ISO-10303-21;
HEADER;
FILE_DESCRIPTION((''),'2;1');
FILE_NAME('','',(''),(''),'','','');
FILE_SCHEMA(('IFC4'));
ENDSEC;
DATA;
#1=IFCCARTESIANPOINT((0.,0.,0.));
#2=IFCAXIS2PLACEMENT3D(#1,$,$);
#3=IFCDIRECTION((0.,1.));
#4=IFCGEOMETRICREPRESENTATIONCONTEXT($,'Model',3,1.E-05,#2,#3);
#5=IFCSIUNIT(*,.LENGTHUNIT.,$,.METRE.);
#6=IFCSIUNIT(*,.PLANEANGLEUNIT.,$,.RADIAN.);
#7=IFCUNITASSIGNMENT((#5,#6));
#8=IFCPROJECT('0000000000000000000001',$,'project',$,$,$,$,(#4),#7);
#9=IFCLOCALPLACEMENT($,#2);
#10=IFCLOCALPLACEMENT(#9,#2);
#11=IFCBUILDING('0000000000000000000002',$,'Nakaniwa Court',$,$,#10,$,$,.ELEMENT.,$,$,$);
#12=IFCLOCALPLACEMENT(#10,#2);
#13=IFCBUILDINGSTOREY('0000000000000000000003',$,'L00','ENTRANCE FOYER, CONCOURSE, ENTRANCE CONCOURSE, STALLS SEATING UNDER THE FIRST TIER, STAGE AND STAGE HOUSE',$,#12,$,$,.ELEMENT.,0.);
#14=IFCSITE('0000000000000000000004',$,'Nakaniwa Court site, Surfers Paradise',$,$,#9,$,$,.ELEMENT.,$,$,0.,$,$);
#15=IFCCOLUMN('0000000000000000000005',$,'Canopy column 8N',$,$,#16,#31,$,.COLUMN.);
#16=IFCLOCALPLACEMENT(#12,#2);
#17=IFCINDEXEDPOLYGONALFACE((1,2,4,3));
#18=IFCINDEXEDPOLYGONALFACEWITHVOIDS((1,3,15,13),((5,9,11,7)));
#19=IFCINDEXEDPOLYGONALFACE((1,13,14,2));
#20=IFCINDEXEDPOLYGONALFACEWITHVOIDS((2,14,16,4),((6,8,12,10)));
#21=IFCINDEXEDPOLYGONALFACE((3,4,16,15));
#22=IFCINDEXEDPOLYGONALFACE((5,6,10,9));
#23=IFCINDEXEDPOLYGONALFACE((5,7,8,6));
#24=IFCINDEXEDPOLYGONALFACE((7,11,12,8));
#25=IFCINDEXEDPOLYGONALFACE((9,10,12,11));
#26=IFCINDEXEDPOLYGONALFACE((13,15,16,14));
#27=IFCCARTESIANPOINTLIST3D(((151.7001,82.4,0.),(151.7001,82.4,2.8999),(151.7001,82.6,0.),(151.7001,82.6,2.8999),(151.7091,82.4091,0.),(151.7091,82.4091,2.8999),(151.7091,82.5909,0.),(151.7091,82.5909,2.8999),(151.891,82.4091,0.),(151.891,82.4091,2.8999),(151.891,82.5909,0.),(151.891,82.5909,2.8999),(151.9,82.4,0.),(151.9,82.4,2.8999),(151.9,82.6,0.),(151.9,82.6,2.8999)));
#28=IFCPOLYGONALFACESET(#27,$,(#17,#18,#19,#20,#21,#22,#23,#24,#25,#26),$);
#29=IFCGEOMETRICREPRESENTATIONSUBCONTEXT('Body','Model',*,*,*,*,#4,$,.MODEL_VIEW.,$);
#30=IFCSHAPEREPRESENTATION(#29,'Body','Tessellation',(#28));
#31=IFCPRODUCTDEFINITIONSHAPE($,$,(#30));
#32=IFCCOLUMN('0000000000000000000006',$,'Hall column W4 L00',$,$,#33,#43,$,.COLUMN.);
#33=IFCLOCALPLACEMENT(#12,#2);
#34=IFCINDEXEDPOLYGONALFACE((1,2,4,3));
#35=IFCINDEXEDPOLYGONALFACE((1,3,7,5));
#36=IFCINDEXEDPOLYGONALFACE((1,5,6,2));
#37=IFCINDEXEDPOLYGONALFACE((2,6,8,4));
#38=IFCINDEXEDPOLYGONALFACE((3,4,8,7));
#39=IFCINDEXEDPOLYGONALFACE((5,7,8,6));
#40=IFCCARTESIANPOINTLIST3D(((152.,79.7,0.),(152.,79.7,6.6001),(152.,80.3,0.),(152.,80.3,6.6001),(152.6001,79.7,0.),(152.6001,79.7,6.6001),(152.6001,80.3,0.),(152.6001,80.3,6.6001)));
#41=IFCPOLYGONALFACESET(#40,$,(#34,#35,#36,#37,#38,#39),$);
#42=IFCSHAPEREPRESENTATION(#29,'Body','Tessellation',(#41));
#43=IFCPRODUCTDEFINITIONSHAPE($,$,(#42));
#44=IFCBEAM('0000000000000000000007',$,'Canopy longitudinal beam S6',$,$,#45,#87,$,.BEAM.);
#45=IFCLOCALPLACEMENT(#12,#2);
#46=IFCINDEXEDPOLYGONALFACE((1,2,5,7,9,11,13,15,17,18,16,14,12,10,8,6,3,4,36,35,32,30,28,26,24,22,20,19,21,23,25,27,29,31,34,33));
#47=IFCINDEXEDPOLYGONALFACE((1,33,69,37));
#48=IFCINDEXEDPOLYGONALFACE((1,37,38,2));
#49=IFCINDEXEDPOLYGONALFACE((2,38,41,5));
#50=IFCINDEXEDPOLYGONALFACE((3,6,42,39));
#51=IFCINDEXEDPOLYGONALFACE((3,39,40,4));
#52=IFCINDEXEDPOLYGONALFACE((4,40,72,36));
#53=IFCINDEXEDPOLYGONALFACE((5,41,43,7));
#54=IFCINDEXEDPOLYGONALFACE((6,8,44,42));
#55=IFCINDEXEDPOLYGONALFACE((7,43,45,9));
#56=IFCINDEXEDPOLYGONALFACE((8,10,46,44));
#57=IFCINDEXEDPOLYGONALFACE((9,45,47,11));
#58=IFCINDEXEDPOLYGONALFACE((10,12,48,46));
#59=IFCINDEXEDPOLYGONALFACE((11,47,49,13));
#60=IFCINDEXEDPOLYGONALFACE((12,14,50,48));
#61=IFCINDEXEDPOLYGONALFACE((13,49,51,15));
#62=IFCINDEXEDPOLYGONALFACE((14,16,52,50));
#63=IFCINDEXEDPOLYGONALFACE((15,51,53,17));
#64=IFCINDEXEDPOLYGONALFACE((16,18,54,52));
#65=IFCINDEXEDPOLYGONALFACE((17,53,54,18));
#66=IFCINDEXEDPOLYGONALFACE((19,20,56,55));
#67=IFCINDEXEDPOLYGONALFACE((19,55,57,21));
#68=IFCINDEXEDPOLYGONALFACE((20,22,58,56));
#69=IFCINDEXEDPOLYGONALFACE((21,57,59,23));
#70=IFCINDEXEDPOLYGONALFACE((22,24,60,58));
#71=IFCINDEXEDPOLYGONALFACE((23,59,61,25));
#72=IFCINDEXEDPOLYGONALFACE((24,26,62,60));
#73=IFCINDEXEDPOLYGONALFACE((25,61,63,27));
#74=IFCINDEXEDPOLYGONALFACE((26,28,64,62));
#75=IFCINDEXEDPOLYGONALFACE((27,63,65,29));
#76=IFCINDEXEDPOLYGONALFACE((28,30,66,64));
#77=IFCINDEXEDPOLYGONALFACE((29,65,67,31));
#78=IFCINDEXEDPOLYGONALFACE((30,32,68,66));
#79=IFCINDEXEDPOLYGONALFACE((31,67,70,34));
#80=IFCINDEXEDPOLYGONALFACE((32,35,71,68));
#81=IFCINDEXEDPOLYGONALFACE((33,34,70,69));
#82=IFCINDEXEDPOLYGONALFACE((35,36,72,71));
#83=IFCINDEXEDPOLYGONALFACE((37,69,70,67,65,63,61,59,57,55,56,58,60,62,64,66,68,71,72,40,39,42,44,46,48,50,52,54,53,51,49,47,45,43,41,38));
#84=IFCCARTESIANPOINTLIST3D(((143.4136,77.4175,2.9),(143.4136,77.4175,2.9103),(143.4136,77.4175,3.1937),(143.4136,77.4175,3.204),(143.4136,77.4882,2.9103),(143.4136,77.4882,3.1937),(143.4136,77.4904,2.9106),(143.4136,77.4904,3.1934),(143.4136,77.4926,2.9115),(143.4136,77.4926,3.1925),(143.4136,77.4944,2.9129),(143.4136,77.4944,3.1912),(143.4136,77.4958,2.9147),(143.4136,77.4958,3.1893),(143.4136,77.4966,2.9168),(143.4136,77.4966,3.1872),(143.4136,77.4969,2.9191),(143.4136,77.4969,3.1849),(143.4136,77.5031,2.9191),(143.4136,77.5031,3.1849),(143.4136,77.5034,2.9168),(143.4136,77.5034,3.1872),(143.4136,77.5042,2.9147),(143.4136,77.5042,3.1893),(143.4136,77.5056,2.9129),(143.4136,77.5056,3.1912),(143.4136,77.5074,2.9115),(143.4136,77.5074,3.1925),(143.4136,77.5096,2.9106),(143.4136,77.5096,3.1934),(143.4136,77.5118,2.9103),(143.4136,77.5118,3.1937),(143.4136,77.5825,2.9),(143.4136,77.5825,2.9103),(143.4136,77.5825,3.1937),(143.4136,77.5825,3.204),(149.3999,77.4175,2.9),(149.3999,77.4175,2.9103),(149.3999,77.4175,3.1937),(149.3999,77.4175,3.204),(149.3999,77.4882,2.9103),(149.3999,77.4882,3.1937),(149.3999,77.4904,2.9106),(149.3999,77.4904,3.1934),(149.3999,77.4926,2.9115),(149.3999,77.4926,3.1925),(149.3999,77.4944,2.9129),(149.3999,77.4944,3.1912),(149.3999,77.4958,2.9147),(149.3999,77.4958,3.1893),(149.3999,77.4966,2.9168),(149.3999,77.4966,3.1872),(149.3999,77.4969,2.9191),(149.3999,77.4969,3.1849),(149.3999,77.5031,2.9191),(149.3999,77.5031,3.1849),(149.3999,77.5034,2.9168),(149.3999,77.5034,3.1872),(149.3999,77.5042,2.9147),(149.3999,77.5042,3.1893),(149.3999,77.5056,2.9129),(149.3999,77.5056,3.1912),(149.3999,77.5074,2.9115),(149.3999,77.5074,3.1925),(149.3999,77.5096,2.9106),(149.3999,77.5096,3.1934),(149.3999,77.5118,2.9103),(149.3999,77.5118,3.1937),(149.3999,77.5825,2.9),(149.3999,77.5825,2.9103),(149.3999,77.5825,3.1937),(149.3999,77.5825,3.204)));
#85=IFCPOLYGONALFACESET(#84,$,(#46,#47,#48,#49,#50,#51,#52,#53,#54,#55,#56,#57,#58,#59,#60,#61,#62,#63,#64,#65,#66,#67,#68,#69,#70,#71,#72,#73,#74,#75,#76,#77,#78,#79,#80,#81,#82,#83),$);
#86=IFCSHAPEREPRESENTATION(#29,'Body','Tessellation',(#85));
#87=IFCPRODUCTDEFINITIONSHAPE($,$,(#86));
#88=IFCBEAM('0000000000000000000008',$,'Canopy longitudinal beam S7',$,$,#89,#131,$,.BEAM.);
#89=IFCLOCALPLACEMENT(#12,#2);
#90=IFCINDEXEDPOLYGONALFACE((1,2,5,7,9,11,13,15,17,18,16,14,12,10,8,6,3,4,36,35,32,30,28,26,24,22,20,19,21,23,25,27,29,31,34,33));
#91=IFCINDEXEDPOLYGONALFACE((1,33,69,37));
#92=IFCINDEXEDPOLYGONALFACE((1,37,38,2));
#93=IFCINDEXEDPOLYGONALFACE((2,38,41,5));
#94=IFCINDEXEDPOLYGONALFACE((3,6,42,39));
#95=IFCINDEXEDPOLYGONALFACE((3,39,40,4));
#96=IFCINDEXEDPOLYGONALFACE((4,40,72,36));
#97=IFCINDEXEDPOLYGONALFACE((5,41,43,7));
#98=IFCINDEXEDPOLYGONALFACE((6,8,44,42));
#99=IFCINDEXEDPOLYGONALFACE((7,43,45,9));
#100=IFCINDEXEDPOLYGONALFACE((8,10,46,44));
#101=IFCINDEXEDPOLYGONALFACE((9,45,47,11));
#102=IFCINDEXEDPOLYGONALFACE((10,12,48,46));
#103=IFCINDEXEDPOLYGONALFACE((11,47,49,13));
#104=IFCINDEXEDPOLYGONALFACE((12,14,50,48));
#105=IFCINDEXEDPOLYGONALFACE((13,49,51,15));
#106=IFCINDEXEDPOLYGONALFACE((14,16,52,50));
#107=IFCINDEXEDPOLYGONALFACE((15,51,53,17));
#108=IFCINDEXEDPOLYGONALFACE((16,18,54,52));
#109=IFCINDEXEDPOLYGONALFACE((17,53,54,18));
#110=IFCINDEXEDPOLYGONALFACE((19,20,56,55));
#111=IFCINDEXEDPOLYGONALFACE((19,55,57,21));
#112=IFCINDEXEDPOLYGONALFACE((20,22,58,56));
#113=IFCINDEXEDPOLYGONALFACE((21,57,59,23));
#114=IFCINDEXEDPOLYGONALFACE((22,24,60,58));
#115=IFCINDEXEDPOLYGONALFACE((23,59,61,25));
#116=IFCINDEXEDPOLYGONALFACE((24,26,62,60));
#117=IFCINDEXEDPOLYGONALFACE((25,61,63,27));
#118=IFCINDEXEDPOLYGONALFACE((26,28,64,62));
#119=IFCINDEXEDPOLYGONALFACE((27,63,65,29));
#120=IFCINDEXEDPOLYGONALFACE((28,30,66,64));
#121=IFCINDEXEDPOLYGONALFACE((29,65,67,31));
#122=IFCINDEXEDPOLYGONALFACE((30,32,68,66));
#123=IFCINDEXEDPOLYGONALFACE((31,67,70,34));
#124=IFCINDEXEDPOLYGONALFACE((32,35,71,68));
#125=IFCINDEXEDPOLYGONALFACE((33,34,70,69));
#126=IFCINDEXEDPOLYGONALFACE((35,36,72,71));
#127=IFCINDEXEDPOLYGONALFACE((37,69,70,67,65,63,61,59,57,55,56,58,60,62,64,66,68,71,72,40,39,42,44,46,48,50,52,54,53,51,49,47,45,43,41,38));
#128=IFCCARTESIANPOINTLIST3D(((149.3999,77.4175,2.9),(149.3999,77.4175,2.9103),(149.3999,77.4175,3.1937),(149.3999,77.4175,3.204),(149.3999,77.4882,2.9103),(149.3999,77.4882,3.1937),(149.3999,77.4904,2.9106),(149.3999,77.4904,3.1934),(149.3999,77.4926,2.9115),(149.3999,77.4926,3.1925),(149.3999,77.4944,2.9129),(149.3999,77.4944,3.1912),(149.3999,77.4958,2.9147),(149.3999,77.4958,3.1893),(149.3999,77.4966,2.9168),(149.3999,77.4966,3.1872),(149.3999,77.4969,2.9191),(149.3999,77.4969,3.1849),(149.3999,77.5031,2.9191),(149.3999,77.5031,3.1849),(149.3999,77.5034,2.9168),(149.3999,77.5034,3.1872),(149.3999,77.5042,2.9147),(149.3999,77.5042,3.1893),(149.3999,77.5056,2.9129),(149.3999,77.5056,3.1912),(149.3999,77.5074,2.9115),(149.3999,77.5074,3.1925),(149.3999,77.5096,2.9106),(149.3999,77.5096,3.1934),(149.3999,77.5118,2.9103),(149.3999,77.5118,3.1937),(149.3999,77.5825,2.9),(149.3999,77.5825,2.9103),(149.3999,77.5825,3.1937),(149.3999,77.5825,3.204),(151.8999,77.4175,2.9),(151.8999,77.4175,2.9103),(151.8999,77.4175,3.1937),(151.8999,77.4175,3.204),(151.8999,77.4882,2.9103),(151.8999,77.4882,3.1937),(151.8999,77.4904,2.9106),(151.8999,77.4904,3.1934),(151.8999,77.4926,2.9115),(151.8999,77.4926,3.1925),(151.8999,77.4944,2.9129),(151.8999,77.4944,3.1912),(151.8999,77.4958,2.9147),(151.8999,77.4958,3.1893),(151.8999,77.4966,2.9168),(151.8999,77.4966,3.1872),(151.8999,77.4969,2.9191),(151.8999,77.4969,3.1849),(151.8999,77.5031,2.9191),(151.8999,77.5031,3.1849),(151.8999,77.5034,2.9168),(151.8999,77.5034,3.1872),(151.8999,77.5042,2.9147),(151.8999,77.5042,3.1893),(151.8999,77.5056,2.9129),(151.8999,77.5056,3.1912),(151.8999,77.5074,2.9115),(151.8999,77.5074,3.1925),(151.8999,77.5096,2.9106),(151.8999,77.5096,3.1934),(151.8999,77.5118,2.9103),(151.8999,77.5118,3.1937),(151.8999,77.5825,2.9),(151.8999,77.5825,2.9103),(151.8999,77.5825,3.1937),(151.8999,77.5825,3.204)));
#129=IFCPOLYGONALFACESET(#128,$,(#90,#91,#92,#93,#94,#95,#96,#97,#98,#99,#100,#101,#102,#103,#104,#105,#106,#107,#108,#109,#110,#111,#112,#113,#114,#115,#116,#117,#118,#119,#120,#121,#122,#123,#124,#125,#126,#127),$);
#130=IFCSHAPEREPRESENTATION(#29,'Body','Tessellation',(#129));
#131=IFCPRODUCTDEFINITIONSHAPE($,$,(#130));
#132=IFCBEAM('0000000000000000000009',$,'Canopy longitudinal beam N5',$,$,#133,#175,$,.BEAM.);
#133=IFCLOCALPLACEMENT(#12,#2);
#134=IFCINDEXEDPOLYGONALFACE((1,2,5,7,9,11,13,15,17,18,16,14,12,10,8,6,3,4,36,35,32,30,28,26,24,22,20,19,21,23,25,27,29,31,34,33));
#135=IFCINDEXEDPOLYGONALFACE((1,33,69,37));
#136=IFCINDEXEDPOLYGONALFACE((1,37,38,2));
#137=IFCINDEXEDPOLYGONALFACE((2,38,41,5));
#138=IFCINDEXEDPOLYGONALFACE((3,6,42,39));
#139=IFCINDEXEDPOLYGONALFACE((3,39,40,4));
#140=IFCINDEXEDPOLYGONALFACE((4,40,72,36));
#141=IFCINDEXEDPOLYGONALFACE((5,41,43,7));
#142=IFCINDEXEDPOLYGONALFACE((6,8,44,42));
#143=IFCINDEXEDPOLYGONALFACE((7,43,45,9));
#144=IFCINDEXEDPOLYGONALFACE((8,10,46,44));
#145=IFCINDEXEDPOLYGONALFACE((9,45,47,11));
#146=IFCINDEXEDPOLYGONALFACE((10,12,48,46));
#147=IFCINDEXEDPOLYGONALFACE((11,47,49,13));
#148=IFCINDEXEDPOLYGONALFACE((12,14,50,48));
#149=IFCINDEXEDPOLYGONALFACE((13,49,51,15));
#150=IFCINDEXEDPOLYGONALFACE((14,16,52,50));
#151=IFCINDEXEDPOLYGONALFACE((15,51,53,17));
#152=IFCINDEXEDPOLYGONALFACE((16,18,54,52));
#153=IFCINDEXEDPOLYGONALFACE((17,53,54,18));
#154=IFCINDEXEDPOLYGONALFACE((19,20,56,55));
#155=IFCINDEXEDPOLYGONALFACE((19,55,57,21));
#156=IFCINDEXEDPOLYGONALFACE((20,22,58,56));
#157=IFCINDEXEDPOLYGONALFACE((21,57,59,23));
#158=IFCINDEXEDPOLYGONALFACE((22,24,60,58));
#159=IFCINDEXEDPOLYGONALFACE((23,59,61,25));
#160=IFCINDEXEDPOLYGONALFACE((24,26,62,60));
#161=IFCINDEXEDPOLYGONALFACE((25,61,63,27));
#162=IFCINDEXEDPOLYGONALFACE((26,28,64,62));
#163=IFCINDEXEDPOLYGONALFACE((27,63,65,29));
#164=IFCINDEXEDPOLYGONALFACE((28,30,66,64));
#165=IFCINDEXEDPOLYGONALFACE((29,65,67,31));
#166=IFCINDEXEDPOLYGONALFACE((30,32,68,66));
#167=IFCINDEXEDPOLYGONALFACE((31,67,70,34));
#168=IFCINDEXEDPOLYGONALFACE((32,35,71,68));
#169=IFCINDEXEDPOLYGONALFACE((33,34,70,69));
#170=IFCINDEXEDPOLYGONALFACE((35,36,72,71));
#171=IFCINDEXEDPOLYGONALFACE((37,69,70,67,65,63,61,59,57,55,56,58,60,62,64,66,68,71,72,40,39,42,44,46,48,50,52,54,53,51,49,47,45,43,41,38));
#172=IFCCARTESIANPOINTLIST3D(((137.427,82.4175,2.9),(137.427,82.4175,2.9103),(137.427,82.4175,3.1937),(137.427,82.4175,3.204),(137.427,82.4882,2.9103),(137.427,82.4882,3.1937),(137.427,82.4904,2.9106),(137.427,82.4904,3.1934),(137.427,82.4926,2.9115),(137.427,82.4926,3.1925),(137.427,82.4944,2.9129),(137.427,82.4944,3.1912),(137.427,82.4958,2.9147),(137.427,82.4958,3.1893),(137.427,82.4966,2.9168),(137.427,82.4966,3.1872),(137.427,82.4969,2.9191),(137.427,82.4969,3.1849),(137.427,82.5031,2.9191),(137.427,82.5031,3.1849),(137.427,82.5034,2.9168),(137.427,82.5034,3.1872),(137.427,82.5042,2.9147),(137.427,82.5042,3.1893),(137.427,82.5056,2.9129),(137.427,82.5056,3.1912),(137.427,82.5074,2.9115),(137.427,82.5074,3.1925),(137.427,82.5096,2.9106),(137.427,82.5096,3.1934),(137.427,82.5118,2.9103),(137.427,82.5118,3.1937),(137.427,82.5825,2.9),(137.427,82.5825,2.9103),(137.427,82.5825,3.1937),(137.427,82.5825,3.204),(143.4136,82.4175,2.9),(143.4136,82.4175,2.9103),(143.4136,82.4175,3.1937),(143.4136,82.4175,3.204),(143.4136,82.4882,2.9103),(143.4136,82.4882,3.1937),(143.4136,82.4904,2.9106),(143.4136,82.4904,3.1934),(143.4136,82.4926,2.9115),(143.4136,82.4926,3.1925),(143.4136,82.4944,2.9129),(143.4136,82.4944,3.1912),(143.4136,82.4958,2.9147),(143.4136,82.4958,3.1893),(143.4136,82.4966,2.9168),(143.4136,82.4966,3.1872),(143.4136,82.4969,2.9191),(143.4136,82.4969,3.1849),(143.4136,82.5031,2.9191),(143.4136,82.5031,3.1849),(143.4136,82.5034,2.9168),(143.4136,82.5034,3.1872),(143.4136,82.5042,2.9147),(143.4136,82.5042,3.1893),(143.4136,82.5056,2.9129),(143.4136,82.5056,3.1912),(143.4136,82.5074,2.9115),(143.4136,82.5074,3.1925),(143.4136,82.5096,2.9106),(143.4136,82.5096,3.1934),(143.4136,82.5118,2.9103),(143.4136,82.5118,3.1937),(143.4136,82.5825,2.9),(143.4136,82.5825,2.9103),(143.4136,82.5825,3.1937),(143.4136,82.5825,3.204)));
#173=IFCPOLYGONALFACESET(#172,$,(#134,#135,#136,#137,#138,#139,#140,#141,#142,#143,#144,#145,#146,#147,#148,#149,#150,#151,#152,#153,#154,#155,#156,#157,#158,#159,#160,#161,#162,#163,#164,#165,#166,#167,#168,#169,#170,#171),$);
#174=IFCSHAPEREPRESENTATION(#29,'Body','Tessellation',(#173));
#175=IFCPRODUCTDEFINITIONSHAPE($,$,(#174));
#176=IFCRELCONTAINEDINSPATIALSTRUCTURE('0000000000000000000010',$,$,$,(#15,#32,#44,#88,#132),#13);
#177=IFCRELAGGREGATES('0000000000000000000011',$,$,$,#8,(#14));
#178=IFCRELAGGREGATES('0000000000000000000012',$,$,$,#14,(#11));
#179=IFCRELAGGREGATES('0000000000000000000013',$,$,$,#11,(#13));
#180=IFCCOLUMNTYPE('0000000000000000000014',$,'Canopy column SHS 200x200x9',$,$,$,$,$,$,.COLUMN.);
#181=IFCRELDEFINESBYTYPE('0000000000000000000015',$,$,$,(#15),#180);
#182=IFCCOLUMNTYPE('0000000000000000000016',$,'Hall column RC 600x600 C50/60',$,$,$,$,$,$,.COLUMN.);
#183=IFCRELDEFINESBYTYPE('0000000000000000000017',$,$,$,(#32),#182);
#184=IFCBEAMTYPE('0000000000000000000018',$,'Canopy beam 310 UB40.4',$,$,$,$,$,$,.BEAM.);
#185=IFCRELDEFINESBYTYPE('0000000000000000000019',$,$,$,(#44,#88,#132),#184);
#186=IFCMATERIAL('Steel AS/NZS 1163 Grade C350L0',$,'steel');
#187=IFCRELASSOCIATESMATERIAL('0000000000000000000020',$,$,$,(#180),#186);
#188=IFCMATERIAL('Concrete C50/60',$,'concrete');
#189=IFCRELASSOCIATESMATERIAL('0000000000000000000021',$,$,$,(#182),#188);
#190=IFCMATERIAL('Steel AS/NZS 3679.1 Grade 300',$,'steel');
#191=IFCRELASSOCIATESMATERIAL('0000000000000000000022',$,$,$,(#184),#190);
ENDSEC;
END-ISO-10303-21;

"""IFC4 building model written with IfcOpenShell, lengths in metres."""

from ifc_helpers import new_model, si_unit, direction, frame, origin, origin_2d, place, context, subcontext, project, spatial, rectangle, hollow_rectangle, i_section, extrude, material, material_profile, profile_set, type_object, element, save


model = new_model("IFC4")

# Units and contexts
model_context = context("Model", 3, precision=1e-05, world=origin(), true_north=direction((0.0, 1.0)))
body_context = subcontext(model_context, "Body", "Model", "MODEL_VIEW")
ifc_project = project(units=[si_unit("LENGTHUNIT", "METRE"), si_unit("PLANEANGLEUNIT", "RADIAN")], contexts=[model_context])

# Site, building, storey
site_placement = place(None, origin())
site = spatial("IfcSite", under=ifc_project, at=site_placement, Name="Nakaniwa Court site, Surfers Paradise", CompositionType="ELEMENT", RefElevation=0.0)
building_placement = place(site_placement, origin())
building = spatial("IfcBuilding", under=site, at=building_placement, Name="Nakaniwa Court", CompositionType="ELEMENT")
storey_placement = place(building_placement, origin())
storey = spatial("IfcBuildingStorey", under=building, at=storey_placement, Name="L00", Description="ENTRANCE FOYER, CONCOURSE, ENTRANCE CONCOURSE, STALLS SEATING UNDER THE FIRST TIER, STAGE AND STAGE HOUSE", CompositionType="ELEMENT", Elevation=0.0)

# Columns
ifc_material_1 = material(Name="Steel AS/NZS 1163 Grade C350L0", Category="steel")
ifc_material_profile_1 = material_profile(ifc_material_1, hollow_rectangle(XDim=0.2, YDim=0.2, WallThickness=0.009, at=origin_2d()), Name="SHS 200x200x9")
ifc_profile_set_1 = profile_set([ifc_material_profile_1], Name="Steel AS/NZS 1163 Grade C350L0")
column_type_1 = type_object("IfcColumnType", Name="Canopy column SHS 200x200x9", PredefinedType="COLUMN", material=ifc_profile_set_1)
for number, where, z_axis, x_axis, name in (
    (1, (151.8, 82.5, 0.0), (0.0, 0.0, 1.0), (1.0, 0.0, 0.0), "Canopy column 8N"),
):
    element("IfcColumn", number, at=place(storey_placement, frame(where, z_axis=z_axis, x_axis=x_axis)), inside=storey, type_object=column_type_1, Name=name, PredefinedType="COLUMN", context=body_context, shape_type="SweptSolid", body=[
        extrude(hollow_rectangle(XDim=0.2, YDim=0.2, WallThickness=0.009, at=origin_2d()), origin(), (0.0, 0.0, 1.0), 2.8999),
    ])
ifc_material_2 = material(Name="Concrete C50/60", Category="concrete")
ifc_material_profile_2 = material_profile(ifc_material_2, rectangle(XDim=0.6001, YDim=0.6001, at=origin_2d()), Name="RC 600x600")
ifc_profile_set_2 = profile_set([ifc_material_profile_2], Name="Concrete C50/60")
column_type_2 = type_object("IfcColumnType", Name="Hall column RC 600x600 C50/60", PredefinedType="COLUMN", material=ifc_profile_set_2)
column_placement = place(storey_placement, frame((152.3, 80.0, 0.0), z_axis=(0.0, 0.0, 1.0), x_axis=(1.0, 0.0, 0.0)))
element("IfcColumn", 2, at=column_placement, inside=storey, type_object=column_type_2, Name="Hall column W4 L00", PredefinedType="COLUMN", context=body_context, shape_type="SweptSolid", body=[
    extrude(rectangle(XDim=0.6001, YDim=0.6001, at=origin_2d()), origin(), (0.0, 0.0, 1.0), 6.6001),
])

# Beams
ifc_material_3 = material(Name="Steel AS/NZS 3679.1 Grade 300", Category="steel")
ifc_material_profile_3 = material_profile(ifc_material_3, i_section(OverallWidth=0.165, OverallDepth=0.304, WebThickness=0.0061, FlangeThickness=0.0103, FilletRadius=0.0088, at=origin_2d()), Name="310UB40.4")
ifc_profile_set_3 = profile_set([ifc_material_profile_3], Name="Steel AS/NZS 3679.1 Grade 300")
beam_type = type_object("IfcBeamType", Name="Canopy beam 310 UB40.4", PredefinedType="BEAM", material=ifc_profile_set_3)
beam_1_placement = place(storey_placement, frame((143.4136, 77.5, 3.052), z_axis=(1.0, 0.0, 0.0), x_axis=(0.0, 1.0, 0.0)))
element("IfcBeam", 3, at=beam_1_placement, inside=storey, type_object=beam_type, Name="Canopy longitudinal beam S6", PredefinedType="BEAM", context=body_context, shape_type="SweptSolid", body=[
    extrude(i_section(OverallWidth=0.165, OverallDepth=0.304, WebThickness=0.0061, FlangeThickness=0.0103, FilletRadius=0.0088, at=origin_2d()), origin(), (0.0, 0.0, 1.0), 5.9863),
])
beam_2_placement = place(storey_placement, frame((149.3999, 77.5, 3.052), z_axis=(1.0, 0.0, 0.0), x_axis=(0.0, 1.0, 0.0)))
element("IfcBeam", 4, at=beam_2_placement, inside=storey, type_object=beam_type, Name="Canopy longitudinal beam S7", PredefinedType="BEAM", context=body_context, shape_type="SweptSolid", body=[
    extrude(i_section(OverallWidth=0.165, OverallDepth=0.304, WebThickness=0.0061, FlangeThickness=0.0103, FilletRadius=0.0088, at=origin_2d()), origin(), (0.0, 0.0, 1.0), 2.5),
])
beam_3_placement = place(storey_placement, frame((137.427, 82.5, 3.052), z_axis=(1.0, 0.0, 0.0), x_axis=(0.0, 1.0, 0.0)))
element("IfcBeam", 5, at=beam_3_placement, inside=storey, type_object=beam_type, Name="Canopy longitudinal beam N5", PredefinedType="BEAM", context=body_context, shape_type="SweptSolid", body=[
    extrude(i_section(OverallWidth=0.165, OverallDepth=0.304, WebThickness=0.0061, FlangeThickness=0.0103, FilletRadius=0.0088, at=origin_2d()), origin(), (0.0, 0.0, 1.0), 5.9866),
])

save(model, "model.ifc")
